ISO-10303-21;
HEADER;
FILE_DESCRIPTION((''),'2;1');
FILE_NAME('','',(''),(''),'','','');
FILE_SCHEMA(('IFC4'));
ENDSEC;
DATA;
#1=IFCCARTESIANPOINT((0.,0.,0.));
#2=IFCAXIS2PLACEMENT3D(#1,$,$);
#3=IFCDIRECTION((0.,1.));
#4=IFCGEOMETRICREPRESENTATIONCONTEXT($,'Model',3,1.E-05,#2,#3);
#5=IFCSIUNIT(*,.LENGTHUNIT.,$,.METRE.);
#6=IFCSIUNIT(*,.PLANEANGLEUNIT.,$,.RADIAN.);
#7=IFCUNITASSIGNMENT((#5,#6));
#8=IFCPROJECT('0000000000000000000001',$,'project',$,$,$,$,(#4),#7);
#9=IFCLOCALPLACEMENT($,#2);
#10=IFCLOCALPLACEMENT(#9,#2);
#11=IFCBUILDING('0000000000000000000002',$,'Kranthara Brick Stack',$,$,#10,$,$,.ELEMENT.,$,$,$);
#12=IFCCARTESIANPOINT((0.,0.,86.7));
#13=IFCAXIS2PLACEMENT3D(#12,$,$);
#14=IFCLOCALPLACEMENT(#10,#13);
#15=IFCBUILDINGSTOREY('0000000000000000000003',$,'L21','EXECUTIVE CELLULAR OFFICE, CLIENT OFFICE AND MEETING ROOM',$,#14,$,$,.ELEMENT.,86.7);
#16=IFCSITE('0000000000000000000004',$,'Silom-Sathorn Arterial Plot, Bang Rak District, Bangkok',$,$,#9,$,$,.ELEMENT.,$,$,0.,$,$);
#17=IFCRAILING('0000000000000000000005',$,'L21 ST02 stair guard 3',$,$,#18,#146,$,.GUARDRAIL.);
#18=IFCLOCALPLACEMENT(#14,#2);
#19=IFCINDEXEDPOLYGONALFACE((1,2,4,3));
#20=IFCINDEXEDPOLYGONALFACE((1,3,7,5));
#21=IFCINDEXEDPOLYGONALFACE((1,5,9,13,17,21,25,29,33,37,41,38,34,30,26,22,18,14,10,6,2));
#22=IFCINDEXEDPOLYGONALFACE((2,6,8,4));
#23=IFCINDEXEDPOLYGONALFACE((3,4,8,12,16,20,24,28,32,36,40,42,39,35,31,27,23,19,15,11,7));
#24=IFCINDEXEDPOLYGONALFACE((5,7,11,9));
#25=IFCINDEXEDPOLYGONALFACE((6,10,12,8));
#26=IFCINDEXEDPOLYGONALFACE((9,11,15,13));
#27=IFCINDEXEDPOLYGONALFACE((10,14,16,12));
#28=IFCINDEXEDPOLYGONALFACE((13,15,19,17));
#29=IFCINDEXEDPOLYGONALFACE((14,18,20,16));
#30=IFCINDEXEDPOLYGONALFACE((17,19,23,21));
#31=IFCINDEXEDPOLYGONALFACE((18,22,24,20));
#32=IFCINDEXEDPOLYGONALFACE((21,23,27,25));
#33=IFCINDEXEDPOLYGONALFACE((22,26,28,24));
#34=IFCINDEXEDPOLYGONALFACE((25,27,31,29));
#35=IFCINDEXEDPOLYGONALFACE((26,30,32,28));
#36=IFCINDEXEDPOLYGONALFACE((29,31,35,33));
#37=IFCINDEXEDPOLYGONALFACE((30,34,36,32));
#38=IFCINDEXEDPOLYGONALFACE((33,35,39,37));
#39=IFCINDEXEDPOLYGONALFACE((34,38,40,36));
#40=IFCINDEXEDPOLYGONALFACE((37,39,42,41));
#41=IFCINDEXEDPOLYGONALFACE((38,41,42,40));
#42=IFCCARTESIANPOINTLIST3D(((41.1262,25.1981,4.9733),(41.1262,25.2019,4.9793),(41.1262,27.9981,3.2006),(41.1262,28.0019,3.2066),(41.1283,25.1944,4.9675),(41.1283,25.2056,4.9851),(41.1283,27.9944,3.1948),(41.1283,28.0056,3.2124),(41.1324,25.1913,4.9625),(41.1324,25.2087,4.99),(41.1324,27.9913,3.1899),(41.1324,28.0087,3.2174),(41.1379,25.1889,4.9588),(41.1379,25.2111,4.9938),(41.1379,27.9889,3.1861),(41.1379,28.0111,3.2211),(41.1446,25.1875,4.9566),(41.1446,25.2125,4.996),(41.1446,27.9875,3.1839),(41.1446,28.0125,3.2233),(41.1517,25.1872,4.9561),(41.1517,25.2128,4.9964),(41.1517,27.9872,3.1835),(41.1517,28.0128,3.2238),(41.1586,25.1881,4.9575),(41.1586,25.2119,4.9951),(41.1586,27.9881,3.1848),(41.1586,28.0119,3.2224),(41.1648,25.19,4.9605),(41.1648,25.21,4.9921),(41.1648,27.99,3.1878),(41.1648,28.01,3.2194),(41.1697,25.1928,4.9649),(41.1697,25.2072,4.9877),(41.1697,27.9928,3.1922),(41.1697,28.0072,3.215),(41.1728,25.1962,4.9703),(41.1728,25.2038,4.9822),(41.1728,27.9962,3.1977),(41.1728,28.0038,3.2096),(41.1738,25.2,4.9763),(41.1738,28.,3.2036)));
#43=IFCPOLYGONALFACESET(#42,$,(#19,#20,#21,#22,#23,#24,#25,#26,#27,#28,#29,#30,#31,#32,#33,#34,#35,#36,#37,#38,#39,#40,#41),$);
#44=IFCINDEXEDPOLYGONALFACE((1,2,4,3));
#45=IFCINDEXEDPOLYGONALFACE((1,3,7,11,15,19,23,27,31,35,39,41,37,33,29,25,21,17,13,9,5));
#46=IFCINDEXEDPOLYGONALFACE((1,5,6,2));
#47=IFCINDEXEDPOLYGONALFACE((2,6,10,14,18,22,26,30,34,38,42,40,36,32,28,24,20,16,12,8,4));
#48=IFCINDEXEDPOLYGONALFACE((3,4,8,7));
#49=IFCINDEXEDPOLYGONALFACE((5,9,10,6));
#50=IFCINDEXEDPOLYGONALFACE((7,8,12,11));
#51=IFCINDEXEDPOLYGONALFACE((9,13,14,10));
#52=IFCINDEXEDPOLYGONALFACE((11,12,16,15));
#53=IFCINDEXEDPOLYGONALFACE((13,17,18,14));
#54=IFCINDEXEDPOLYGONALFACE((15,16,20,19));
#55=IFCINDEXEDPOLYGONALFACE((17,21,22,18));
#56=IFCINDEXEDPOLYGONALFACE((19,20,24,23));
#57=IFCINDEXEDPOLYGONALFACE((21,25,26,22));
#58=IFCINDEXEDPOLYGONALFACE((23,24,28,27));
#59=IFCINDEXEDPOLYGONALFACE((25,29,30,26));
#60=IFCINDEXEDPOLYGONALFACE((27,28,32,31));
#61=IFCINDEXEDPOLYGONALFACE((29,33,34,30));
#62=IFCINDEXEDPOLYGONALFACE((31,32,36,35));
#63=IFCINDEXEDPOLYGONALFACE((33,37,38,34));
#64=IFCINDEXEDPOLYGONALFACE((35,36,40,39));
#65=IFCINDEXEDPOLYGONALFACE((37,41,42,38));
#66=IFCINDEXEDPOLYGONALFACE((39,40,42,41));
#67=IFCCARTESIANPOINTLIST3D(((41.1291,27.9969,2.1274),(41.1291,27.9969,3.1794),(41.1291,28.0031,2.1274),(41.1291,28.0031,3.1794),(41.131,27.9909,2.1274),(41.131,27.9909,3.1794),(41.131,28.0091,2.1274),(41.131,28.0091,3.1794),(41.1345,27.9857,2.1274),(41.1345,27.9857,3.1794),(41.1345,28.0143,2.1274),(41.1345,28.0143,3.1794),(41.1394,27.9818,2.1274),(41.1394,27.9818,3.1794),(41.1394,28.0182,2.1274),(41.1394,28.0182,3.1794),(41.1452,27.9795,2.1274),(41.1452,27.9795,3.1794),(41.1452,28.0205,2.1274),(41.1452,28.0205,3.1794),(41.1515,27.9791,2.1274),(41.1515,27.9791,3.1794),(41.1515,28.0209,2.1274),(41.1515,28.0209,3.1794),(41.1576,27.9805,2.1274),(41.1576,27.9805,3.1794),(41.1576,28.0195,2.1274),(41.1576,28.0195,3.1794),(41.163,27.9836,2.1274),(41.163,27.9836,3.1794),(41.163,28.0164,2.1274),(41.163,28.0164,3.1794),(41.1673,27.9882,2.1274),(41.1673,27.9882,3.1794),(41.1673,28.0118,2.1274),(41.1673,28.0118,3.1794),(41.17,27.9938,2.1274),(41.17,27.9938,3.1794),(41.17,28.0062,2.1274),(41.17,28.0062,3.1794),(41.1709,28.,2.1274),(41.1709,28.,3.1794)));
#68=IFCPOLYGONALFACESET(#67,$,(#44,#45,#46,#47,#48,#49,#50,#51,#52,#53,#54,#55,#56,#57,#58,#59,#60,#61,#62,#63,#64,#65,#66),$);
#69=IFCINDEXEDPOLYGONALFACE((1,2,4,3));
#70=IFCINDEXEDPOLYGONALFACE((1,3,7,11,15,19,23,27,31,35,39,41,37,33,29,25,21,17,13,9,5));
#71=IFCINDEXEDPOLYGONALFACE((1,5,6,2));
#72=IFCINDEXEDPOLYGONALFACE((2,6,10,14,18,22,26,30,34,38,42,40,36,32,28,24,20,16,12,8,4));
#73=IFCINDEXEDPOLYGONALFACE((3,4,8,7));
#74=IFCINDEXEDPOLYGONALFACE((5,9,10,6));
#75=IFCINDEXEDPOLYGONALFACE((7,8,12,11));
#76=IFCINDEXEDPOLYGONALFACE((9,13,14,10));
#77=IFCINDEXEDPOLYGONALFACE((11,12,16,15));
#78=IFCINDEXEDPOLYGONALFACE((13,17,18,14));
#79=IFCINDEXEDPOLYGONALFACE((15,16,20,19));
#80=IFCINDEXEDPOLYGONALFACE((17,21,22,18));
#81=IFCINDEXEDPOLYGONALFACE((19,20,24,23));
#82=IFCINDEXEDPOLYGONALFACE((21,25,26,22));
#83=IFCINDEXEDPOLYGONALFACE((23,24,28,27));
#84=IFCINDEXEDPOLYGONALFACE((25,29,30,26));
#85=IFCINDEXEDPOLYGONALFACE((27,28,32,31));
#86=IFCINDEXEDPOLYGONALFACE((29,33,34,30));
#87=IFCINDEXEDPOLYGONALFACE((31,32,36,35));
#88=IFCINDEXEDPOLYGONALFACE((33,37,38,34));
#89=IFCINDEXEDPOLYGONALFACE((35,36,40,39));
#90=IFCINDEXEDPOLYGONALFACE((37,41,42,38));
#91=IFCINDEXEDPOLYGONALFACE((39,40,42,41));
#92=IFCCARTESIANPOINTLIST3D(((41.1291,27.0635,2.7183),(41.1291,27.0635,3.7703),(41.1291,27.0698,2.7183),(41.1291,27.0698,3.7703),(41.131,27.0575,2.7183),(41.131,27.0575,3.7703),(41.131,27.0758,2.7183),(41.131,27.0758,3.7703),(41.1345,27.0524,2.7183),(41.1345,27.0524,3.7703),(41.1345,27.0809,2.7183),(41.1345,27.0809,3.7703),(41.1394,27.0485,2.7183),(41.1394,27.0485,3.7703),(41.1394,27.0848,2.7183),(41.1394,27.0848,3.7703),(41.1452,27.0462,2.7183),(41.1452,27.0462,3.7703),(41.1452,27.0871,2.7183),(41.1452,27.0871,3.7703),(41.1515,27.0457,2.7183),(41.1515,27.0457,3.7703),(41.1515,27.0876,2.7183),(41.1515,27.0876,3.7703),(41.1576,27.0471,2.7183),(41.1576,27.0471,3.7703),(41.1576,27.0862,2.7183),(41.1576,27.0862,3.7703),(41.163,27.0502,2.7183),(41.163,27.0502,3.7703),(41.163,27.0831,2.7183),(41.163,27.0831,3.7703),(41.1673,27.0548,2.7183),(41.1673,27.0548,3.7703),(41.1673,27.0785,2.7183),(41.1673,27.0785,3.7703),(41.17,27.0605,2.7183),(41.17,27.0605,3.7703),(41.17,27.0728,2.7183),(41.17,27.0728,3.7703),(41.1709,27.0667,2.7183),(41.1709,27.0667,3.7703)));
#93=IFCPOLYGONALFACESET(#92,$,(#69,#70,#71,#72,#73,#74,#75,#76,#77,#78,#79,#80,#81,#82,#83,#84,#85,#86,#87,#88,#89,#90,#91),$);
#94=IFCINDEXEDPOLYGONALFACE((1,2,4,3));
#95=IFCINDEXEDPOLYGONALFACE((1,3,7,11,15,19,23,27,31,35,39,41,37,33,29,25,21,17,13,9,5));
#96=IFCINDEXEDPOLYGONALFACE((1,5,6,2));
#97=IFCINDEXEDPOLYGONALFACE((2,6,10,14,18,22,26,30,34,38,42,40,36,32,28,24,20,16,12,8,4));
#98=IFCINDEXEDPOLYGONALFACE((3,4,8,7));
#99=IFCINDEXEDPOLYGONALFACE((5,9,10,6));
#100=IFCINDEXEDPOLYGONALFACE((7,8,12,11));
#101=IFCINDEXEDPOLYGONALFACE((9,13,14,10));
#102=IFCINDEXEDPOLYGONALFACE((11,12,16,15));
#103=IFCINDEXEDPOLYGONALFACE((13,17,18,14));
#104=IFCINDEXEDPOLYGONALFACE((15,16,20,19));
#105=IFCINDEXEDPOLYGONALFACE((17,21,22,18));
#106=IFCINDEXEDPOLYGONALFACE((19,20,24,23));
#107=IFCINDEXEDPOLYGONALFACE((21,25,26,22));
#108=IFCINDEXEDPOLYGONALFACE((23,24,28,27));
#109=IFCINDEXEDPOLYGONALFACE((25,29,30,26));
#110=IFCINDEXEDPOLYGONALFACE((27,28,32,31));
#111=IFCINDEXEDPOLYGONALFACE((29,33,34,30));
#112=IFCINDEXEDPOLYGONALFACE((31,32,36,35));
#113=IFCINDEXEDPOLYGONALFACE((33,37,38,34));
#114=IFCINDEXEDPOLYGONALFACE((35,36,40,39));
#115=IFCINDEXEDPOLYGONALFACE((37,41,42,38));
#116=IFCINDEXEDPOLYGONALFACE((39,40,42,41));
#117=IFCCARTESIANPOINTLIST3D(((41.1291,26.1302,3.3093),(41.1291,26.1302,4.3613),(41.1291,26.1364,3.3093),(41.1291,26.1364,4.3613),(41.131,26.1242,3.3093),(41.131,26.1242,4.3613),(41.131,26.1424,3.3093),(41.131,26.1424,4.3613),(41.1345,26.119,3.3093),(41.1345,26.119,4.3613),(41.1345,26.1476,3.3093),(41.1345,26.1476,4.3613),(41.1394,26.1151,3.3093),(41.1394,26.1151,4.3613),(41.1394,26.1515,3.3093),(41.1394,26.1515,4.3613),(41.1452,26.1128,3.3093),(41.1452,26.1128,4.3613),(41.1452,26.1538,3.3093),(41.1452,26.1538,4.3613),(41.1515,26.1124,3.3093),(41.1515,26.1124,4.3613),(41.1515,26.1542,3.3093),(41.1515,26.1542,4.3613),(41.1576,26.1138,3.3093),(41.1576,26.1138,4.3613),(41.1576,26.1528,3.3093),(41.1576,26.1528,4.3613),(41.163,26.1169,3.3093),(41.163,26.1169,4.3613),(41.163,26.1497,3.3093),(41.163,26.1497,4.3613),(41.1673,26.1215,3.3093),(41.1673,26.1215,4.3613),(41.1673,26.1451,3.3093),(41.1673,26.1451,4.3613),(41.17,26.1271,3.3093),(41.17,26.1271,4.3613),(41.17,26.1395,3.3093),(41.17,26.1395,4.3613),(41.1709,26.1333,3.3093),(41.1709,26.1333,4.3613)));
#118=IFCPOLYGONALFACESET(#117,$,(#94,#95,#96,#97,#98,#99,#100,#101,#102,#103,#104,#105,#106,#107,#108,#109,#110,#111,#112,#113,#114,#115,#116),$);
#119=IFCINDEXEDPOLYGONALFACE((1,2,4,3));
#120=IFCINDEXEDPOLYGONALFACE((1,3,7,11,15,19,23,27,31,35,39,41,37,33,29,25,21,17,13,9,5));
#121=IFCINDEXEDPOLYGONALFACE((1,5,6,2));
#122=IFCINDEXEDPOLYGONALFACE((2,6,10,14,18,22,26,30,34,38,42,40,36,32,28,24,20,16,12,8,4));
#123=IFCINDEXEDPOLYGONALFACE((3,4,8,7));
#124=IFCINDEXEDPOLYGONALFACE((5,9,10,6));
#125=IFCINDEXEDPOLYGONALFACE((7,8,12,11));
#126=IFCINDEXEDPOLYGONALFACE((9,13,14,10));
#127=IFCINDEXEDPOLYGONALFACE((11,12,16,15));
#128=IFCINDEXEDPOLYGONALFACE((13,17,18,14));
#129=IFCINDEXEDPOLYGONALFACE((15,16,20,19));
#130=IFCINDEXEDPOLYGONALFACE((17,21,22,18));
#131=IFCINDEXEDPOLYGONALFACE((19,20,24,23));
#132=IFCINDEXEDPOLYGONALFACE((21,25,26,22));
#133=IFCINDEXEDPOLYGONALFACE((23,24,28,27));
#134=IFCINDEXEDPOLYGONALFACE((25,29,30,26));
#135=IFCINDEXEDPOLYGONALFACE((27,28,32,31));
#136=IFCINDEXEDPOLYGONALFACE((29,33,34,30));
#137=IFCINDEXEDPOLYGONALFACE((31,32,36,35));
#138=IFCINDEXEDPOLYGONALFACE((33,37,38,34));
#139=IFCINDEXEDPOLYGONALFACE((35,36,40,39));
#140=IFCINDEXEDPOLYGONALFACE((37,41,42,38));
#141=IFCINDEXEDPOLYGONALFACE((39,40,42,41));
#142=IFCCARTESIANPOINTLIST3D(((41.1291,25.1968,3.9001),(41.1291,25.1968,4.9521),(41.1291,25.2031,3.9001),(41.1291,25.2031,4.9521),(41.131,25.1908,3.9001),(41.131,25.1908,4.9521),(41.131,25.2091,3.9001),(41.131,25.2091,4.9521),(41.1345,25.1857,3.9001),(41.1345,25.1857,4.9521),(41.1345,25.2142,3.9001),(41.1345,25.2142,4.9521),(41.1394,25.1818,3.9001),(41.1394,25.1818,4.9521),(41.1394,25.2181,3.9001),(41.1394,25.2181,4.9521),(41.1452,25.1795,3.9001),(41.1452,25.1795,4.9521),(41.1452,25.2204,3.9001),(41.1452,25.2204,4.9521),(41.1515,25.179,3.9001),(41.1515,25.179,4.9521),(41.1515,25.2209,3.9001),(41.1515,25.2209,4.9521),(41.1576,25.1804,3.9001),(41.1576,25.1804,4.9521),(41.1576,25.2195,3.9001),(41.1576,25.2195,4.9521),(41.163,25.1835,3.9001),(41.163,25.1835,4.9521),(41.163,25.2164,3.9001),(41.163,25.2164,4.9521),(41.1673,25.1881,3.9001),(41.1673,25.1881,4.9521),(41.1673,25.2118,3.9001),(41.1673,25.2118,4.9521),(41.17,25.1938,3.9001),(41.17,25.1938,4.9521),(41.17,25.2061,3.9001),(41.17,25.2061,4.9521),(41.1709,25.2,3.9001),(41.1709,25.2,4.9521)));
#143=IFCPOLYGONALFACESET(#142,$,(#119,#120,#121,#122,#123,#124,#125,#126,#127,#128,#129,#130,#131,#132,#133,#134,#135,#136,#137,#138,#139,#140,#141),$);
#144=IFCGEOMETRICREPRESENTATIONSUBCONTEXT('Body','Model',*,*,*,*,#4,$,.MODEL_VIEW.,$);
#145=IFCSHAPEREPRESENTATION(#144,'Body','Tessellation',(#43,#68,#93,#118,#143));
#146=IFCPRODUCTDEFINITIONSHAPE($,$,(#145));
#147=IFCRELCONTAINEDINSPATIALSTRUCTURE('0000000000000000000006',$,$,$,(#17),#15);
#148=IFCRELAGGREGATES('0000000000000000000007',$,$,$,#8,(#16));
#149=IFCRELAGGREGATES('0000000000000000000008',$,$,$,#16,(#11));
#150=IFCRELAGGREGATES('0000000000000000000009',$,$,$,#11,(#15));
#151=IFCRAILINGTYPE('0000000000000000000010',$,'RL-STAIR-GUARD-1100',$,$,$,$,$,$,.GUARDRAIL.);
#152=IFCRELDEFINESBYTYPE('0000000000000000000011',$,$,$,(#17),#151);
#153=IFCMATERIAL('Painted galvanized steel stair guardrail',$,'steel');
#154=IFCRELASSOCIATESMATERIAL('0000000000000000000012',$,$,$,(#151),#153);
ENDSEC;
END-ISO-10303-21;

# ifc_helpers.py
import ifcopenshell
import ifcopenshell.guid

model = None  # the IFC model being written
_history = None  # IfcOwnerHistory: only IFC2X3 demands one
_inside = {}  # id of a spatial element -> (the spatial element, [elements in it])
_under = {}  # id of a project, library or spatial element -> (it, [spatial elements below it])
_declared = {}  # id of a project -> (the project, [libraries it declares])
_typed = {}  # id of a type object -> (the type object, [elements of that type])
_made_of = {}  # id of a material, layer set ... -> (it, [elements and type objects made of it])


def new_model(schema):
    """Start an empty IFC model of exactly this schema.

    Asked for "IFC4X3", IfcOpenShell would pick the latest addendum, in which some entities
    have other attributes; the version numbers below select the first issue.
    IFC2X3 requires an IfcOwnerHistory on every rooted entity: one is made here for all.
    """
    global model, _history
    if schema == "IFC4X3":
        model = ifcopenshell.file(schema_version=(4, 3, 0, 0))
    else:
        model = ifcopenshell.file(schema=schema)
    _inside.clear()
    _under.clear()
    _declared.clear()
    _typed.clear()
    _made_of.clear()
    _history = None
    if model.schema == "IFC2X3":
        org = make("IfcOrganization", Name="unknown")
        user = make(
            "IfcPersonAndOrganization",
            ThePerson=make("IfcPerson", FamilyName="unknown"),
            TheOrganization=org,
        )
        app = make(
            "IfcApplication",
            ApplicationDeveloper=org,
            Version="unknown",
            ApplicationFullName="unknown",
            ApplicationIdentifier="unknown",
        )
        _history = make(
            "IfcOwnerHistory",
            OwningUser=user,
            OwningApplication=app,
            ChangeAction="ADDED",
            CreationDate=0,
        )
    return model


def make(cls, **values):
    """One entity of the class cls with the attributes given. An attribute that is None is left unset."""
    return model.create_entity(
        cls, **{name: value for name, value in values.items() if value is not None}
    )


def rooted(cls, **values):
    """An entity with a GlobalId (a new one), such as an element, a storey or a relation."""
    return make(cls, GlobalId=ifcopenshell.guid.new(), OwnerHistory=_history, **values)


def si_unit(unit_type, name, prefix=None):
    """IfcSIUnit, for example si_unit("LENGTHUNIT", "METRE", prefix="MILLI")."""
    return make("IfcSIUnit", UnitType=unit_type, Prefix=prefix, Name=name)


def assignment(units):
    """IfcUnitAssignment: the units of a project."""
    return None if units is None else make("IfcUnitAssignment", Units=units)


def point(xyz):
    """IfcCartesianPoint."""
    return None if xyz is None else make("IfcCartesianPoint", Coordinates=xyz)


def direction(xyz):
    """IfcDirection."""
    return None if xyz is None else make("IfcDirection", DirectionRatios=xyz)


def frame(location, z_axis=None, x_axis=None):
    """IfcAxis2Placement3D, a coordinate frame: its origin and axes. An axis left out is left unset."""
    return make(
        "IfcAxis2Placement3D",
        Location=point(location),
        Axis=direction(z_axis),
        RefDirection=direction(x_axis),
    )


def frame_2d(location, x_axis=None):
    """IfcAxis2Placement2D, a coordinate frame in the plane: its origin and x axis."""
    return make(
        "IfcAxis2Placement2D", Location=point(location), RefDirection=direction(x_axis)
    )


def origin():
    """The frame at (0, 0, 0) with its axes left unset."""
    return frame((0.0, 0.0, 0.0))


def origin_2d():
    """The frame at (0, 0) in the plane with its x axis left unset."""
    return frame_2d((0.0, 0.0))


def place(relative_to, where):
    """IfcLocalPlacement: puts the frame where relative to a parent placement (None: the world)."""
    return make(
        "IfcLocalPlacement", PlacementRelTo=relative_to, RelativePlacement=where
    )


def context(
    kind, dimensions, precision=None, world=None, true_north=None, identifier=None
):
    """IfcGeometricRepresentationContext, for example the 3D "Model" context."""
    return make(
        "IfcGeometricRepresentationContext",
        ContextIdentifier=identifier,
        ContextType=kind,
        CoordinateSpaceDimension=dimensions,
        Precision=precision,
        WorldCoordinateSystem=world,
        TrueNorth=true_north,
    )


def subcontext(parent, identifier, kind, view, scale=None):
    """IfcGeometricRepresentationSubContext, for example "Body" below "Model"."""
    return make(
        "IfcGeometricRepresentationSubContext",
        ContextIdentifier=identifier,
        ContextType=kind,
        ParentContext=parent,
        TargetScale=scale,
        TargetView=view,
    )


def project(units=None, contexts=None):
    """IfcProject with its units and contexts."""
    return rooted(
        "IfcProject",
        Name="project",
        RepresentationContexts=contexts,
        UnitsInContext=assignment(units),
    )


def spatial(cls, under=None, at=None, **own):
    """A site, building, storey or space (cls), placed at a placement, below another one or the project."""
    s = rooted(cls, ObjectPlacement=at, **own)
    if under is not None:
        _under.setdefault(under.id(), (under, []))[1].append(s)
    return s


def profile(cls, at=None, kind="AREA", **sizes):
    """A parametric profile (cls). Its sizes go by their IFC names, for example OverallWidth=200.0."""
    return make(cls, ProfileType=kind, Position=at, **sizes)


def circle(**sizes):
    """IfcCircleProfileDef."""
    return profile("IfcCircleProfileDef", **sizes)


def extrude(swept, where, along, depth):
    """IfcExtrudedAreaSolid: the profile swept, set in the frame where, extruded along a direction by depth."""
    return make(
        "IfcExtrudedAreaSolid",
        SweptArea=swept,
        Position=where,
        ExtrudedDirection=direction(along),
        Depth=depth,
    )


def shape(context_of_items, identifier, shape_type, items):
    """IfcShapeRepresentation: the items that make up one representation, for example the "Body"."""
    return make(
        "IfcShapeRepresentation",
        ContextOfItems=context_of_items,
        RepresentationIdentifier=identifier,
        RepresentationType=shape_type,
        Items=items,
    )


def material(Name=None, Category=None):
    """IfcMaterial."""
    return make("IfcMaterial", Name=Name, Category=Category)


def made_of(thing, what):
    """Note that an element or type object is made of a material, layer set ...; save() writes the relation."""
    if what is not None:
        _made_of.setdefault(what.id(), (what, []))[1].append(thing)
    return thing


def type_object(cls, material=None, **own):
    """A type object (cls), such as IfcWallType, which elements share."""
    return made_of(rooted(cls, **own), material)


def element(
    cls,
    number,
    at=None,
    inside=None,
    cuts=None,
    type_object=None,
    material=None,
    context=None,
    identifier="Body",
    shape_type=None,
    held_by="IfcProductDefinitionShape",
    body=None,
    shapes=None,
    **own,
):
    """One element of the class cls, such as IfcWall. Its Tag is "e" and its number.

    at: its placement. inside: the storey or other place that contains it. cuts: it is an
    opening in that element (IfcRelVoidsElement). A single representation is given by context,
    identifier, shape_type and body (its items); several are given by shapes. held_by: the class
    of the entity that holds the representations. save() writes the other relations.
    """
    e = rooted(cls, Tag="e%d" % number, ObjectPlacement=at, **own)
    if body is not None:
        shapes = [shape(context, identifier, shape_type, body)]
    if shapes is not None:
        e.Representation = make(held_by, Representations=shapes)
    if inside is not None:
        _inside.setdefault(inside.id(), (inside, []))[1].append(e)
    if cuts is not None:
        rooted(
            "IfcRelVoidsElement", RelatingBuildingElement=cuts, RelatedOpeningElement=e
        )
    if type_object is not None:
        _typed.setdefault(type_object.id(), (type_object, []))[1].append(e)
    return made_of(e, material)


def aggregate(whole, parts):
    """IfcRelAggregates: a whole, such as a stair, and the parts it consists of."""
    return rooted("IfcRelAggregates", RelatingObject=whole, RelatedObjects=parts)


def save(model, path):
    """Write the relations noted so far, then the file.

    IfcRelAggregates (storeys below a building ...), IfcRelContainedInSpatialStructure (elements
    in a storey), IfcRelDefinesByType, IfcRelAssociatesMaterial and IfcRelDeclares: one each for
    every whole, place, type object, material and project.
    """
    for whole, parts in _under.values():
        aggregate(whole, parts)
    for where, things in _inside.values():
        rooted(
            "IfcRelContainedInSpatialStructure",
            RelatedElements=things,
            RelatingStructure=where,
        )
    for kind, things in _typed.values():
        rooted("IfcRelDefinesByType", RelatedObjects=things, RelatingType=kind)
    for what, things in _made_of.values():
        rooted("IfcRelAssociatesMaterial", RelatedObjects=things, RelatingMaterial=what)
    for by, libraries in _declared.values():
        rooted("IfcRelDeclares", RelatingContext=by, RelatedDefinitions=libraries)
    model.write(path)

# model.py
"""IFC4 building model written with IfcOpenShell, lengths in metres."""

from ifc_helpers import new_model, si_unit, direction, frame, origin, origin_2d, place, context, subcontext, project, spatial, circle, extrude, material, type_object, element, save


model = new_model("IFC4")

# Units and contexts
model_context = context("Model", 3, precision=1e-05, world=origin(), true_north=direction((0.0, 1.0)))
body_context = subcontext(model_context, "Body", "Model", "MODEL_VIEW")
ifc_project = project(units=[si_unit("LENGTHUNIT", "METRE"), si_unit("PLANEANGLEUNIT", "RADIAN")], contexts=[model_context])

# Site, building, storey
site_placement = place(None, origin())
site = spatial("IfcSite", under=ifc_project, at=site_placement, Name="Silom-Sathorn Arterial Plot, Bang Rak District, Bangkok", CompositionType="ELEMENT", RefElevation=0.0)
building_placement = place(site_placement, origin())
building = spatial("IfcBuilding", under=site, at=building_placement, Name="Kranthara Brick Stack", CompositionType="ELEMENT")
storey_placement = place(building_placement, frame((0.0, 0.0, 86.7)))
storey = spatial("IfcBuildingStorey", under=building, at=storey_placement, Name="L21", Description="EXECUTIVE CELLULAR OFFICE, CLIENT OFFICE AND MEETING ROOM", CompositionType="ELEMENT", Elevation=86.7)

# Railing
ifc_material_1 = material(Name="Painted galvanized steel stair guardrail", Category="steel")
railing_type_1 = type_object("IfcRailingType", Name="RL-STAIR-GUARD-1100", PredefinedType="GUARDRAIL", material=ifc_material_1)
railing_1_placement = place(storey_placement, frame((41.1499, 28.0, 2.1274)))
element("IfcRailing", 1, at=railing_1_placement, inside=storey, type_object=railing_type_1, Name="L21 ST02 stair guard 3", PredefinedType="GUARDRAIL", context=body_context, shape_type="SweptSolid", body=[
    extrude(circle(Radius=0.0239, at=origin_2d()), frame((0.0, 0.0, 1.0762), z_axis=(0.0, -0.844909, 0.53491), x_axis=(1.0, 0.0, 0.0)), (0.0, 0.0, 1.0), 3.314),
    extrude(circle(Radius=0.021, at=origin_2d()), origin(), (0.0, 0.0, 1.0), 1.052),
    extrude(circle(Radius=0.021, at=origin_2d()), frame((0.0, -0.9333, 0.5908)), (0.0, 0.0, 1.0), 1.052),
    extrude(circle(Radius=0.021, at=origin_2d()), frame((0.0, -1.8667, 1.1819)), (0.0, 0.0, 1.0), 1.052),
    extrude(circle(Radius=0.021, at=origin_2d()), frame((0.0, -2.8, 1.7727)), (0.0, 0.0, 1.0), 1.052),
])

save(model, "model.ifc")
